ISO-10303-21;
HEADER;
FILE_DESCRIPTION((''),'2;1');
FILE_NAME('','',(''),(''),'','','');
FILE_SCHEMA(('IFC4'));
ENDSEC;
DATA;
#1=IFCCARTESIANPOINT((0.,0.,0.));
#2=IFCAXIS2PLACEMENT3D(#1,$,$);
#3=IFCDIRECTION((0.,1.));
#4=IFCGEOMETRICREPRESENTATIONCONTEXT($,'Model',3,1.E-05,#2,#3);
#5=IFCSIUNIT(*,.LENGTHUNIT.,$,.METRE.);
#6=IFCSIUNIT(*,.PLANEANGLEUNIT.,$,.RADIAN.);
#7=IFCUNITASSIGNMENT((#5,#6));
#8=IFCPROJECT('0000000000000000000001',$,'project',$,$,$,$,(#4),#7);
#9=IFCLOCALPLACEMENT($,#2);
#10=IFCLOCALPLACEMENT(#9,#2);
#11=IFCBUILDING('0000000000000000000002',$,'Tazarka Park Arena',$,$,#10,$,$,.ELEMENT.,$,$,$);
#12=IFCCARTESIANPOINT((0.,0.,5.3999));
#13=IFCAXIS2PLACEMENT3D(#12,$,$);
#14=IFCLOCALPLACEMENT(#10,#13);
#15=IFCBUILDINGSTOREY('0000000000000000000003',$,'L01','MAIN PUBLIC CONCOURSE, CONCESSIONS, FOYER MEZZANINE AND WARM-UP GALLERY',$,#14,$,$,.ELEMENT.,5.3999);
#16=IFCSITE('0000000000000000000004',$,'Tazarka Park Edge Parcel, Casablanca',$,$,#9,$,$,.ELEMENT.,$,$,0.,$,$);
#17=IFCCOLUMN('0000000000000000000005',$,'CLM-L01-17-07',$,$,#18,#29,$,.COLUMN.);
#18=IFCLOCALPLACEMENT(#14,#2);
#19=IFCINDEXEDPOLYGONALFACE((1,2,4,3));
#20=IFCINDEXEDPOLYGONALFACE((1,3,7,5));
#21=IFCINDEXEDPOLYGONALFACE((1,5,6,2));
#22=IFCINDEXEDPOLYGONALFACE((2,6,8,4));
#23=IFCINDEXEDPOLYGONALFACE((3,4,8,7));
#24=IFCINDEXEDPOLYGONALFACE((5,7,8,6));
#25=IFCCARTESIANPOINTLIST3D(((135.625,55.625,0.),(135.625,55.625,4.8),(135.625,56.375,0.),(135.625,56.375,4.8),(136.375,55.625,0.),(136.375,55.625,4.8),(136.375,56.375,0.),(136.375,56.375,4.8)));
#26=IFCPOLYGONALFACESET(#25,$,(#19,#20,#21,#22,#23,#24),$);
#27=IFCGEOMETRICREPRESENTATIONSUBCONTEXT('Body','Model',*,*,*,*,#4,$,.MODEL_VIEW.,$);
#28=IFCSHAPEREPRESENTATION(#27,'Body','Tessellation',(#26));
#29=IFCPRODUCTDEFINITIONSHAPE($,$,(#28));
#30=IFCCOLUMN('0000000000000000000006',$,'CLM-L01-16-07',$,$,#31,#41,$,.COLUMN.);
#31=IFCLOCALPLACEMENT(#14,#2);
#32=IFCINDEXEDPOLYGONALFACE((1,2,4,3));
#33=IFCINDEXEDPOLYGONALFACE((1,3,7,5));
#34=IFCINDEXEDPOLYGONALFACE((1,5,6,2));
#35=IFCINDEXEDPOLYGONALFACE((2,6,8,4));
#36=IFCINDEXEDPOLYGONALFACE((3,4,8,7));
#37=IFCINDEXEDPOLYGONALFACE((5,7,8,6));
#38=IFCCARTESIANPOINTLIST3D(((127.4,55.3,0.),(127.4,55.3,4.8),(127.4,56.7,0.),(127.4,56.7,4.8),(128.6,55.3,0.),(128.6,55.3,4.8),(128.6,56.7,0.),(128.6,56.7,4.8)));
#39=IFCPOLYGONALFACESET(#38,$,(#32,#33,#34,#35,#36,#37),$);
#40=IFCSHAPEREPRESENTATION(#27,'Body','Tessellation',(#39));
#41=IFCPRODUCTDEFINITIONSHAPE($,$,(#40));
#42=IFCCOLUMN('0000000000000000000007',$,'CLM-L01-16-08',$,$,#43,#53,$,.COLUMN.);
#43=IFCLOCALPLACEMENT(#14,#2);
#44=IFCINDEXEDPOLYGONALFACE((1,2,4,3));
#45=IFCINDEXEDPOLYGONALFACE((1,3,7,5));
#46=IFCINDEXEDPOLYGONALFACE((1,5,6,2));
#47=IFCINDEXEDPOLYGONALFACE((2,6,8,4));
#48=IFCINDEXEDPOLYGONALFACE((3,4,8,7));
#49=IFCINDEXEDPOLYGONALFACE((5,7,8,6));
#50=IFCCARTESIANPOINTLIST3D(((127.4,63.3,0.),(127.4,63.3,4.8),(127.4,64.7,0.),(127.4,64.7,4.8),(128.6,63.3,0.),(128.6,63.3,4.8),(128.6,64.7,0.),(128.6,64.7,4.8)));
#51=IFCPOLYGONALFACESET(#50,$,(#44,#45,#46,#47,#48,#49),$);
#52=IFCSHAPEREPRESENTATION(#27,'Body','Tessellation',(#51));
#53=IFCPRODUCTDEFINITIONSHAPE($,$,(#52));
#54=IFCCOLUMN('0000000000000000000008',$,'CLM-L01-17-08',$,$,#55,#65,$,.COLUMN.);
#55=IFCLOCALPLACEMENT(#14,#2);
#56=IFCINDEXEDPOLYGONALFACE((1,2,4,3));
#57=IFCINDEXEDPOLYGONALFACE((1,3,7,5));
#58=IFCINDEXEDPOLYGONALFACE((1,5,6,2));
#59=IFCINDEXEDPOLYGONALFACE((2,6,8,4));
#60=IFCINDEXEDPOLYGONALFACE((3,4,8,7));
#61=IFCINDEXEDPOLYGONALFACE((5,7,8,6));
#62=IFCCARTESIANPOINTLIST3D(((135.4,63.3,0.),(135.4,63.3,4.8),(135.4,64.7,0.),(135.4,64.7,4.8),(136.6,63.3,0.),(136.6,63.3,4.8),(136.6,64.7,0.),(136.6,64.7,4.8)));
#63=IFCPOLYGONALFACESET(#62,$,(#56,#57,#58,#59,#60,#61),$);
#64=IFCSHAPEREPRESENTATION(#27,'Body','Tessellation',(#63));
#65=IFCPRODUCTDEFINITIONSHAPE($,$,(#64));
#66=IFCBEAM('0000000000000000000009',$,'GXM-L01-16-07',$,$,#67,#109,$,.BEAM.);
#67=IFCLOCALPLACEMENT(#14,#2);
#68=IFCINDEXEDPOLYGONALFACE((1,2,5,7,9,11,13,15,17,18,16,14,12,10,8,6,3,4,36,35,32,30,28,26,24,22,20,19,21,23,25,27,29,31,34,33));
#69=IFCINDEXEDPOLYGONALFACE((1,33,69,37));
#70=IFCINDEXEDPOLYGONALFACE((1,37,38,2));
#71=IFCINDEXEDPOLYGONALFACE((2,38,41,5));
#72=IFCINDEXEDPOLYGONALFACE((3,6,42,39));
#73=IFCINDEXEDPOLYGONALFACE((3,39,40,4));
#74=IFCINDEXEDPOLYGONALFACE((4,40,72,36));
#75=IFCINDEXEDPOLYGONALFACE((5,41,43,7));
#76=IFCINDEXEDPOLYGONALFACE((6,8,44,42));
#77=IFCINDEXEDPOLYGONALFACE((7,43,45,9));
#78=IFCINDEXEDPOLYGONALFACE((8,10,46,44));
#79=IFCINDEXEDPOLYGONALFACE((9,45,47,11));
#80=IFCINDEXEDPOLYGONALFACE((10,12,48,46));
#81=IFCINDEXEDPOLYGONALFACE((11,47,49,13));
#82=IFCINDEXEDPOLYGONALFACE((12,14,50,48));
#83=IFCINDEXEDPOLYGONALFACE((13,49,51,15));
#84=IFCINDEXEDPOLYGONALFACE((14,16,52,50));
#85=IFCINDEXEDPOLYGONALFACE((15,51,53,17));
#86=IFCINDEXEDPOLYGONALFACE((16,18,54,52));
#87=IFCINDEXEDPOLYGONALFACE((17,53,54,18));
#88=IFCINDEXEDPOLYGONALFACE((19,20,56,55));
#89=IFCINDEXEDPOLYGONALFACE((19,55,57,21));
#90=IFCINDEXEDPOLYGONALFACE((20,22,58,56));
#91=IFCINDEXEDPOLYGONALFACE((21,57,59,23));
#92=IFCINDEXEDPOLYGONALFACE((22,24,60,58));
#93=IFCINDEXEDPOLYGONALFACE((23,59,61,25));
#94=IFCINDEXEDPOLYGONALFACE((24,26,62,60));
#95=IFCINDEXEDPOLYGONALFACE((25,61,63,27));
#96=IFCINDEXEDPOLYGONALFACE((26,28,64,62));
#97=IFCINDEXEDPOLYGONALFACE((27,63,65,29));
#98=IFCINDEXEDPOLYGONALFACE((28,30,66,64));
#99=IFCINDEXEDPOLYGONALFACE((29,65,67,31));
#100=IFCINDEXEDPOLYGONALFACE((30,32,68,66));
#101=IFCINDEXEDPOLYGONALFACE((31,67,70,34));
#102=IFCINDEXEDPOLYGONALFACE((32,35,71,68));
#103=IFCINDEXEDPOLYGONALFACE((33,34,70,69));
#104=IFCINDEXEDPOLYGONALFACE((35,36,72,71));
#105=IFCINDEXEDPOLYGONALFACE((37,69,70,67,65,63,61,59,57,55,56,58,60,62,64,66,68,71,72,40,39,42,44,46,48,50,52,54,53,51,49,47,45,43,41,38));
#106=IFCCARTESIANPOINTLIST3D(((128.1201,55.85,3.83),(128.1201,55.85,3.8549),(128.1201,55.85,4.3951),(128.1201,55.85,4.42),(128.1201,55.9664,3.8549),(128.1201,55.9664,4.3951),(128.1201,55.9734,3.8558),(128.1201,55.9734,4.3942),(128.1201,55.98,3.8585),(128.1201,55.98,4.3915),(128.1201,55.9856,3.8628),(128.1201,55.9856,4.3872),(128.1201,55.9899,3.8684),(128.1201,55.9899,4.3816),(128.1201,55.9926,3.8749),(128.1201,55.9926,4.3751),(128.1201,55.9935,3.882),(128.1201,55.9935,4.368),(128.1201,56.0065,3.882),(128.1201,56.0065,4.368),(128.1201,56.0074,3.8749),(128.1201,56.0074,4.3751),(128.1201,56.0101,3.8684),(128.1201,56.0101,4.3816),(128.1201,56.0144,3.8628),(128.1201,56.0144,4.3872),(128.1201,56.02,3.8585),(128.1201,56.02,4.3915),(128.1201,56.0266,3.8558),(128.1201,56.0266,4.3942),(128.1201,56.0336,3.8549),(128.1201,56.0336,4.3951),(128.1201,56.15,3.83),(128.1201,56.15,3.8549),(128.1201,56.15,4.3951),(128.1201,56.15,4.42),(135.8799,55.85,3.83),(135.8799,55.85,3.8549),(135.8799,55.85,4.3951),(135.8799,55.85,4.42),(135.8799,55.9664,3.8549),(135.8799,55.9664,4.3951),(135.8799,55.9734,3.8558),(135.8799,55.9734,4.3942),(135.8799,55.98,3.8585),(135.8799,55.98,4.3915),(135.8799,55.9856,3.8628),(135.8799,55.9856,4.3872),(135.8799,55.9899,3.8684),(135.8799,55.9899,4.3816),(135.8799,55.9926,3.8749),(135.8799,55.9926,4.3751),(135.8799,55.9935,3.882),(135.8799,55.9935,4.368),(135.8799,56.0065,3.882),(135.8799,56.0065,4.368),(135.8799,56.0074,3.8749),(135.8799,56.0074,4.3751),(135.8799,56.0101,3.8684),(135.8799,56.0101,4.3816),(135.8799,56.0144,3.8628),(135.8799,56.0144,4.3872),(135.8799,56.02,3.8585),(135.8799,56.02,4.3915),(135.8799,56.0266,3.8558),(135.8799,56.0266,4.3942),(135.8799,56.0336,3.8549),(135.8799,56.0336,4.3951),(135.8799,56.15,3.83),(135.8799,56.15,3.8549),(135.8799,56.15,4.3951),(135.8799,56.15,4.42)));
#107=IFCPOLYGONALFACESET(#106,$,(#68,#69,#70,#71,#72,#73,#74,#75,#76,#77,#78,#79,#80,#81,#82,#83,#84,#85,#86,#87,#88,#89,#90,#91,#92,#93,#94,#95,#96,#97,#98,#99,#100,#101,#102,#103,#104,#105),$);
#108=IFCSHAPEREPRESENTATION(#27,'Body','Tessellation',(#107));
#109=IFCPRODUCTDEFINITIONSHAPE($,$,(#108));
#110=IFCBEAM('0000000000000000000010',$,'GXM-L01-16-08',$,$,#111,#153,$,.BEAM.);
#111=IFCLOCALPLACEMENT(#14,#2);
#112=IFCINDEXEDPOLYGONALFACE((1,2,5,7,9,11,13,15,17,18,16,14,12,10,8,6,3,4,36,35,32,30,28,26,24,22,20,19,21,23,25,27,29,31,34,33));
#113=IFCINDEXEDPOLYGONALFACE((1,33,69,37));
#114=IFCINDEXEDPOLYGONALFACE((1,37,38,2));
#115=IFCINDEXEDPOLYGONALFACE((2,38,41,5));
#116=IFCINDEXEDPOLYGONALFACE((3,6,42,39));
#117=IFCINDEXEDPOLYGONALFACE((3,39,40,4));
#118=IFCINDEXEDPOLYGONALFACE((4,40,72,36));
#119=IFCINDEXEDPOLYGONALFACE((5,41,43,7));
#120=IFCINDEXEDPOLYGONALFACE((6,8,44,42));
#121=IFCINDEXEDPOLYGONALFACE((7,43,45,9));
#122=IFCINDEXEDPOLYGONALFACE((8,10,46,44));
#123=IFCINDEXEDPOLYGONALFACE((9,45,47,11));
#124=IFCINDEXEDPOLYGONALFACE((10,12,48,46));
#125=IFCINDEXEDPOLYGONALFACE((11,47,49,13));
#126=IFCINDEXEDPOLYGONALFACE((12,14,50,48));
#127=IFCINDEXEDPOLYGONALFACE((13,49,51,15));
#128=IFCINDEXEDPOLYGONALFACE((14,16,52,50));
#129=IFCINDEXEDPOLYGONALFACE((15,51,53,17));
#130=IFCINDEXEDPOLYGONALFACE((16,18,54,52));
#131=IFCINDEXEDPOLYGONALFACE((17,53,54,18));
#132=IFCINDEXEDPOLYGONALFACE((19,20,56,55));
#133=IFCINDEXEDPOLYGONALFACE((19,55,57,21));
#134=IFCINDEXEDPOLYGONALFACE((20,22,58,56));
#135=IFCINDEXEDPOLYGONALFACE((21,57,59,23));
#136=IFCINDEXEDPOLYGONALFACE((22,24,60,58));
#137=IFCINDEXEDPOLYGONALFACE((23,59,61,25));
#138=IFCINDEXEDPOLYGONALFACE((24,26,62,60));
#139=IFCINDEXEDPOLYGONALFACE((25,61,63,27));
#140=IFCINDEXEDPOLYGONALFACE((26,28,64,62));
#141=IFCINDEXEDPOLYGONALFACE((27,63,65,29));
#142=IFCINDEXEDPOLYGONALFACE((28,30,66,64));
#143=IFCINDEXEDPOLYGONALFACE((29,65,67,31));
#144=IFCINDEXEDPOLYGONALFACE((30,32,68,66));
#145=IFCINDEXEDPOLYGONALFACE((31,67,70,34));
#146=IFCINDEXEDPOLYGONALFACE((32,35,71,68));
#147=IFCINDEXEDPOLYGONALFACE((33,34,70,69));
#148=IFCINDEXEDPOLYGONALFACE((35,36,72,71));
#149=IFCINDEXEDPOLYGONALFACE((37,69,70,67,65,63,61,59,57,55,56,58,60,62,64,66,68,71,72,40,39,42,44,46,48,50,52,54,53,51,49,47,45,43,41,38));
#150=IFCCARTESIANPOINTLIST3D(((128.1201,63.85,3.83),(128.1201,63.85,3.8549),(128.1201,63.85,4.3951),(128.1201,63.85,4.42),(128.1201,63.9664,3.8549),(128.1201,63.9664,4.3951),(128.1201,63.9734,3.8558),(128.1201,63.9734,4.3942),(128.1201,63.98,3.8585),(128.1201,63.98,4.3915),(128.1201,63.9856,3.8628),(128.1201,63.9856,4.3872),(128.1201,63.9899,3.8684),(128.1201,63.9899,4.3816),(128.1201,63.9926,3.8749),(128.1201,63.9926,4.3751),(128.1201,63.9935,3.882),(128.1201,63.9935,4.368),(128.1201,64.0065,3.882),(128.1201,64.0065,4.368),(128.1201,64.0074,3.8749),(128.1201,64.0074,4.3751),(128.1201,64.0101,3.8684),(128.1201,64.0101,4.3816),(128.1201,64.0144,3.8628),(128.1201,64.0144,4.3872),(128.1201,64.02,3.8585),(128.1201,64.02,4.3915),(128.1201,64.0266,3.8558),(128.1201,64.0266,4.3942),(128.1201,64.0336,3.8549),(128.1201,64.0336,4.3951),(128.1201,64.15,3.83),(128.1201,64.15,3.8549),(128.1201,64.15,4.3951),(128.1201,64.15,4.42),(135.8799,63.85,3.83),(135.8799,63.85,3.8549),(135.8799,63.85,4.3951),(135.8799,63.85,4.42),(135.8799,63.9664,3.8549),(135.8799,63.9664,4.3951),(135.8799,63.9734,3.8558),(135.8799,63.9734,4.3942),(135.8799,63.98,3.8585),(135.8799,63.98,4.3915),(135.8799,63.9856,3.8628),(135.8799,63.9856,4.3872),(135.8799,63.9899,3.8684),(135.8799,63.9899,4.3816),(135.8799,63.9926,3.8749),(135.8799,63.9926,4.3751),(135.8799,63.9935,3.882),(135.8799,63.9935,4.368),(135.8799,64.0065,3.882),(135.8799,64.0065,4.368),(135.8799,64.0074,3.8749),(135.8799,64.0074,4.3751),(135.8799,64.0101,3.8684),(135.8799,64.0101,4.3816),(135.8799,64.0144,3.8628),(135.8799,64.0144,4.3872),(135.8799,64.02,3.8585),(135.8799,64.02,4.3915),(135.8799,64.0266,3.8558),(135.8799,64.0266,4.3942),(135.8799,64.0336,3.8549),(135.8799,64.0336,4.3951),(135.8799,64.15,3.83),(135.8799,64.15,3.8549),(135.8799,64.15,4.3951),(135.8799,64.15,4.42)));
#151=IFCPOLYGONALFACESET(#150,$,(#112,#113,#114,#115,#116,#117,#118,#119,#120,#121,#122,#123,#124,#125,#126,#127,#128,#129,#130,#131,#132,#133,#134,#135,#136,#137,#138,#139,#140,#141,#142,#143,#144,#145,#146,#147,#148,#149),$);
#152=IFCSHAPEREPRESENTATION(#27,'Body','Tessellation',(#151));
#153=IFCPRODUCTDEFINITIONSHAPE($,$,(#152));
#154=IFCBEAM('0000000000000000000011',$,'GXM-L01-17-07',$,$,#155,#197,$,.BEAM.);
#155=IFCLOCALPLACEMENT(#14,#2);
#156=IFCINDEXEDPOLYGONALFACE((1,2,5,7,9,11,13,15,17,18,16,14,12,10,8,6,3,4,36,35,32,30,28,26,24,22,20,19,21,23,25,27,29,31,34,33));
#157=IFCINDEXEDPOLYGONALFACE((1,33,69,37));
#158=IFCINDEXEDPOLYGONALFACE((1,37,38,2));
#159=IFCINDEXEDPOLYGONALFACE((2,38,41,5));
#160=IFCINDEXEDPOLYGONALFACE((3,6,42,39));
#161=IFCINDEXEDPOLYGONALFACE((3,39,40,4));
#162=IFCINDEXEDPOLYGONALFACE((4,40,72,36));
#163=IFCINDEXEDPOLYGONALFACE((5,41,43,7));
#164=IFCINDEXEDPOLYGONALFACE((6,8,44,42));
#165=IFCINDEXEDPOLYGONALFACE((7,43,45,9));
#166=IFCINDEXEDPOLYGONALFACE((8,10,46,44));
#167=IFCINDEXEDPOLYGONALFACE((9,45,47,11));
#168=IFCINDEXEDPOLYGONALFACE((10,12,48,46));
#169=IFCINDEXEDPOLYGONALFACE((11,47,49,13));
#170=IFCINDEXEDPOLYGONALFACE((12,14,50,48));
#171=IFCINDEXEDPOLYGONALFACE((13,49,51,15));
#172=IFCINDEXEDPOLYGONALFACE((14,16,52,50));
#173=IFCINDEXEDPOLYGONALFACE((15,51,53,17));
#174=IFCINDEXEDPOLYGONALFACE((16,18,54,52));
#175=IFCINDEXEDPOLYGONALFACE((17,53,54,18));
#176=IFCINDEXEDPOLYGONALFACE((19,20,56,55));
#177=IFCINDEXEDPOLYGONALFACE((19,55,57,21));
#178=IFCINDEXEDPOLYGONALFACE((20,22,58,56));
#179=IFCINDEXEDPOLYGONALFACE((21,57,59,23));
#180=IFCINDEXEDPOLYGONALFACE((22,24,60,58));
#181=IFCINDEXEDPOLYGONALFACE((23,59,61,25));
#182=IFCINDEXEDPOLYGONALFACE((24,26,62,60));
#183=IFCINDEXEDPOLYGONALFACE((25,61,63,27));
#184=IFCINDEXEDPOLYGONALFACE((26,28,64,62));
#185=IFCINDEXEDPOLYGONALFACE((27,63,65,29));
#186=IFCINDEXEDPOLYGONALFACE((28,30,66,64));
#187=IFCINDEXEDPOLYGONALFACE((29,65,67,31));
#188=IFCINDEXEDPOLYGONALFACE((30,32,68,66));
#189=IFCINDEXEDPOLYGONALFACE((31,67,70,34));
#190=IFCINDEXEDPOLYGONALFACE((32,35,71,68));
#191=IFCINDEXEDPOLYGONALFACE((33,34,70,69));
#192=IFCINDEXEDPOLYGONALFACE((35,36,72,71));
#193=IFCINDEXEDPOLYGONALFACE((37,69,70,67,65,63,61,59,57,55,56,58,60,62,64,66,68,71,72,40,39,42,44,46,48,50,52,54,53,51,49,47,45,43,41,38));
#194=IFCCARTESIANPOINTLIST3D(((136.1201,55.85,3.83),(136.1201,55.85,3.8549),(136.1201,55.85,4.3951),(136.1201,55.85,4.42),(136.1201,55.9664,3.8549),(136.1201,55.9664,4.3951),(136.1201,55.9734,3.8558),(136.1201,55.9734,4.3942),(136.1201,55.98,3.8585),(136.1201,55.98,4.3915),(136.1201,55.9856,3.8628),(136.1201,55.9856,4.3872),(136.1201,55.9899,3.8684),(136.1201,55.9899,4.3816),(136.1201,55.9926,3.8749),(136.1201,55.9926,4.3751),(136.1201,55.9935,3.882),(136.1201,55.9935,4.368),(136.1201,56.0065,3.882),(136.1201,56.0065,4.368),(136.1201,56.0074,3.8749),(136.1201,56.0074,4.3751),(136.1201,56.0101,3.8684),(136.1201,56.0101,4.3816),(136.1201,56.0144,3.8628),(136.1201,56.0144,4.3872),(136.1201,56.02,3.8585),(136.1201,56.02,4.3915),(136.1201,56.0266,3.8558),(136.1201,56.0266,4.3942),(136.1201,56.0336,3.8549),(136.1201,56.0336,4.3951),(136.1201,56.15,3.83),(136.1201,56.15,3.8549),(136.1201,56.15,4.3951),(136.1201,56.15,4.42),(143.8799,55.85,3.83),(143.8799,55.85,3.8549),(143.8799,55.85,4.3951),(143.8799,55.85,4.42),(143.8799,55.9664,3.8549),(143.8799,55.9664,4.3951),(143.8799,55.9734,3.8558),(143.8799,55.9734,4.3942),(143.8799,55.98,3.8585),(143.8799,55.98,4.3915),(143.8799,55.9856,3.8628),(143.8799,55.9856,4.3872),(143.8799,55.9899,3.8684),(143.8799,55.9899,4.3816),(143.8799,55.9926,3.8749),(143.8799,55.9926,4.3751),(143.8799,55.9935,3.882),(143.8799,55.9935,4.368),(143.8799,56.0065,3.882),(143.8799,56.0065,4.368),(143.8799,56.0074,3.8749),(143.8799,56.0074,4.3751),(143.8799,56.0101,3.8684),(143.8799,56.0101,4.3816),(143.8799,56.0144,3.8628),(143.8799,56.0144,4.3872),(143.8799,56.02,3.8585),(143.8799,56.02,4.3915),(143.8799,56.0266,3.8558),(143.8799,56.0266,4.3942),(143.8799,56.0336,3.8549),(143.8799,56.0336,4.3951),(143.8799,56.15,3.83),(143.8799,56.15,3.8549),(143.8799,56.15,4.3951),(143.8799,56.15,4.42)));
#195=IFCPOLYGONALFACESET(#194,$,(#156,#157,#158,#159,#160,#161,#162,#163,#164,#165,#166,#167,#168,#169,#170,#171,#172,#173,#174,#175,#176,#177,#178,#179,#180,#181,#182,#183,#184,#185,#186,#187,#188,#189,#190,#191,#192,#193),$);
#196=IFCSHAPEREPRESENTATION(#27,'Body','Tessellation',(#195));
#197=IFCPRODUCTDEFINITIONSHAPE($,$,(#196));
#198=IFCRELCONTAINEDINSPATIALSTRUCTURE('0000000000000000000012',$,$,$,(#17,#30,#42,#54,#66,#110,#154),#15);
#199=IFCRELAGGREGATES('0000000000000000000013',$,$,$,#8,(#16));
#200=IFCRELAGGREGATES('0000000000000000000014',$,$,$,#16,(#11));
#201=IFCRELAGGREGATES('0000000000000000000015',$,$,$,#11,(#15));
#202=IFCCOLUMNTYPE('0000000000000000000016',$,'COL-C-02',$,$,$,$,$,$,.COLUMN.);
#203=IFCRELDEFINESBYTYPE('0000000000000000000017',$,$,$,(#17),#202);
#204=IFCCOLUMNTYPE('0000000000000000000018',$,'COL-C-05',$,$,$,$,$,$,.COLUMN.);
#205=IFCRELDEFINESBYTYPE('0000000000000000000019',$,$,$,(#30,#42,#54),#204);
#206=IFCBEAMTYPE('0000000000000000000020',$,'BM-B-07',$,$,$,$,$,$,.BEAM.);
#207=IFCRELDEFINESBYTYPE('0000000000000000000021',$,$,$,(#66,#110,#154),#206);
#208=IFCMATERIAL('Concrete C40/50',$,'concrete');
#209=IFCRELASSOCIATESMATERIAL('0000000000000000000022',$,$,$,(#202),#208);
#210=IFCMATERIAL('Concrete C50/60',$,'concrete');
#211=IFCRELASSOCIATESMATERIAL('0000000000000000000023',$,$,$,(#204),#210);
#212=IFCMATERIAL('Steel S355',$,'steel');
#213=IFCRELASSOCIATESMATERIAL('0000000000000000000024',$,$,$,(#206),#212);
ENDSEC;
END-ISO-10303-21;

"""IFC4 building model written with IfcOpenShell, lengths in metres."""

from ifc_helpers import new_model, si_unit, direction, frame, origin, origin_2d, place, context, subcontext, project, spatial, rectangle, i_section, extrude, material, material_profile, profile_set, type_object, element, save


model = new_model("IFC4")

# Units and contexts
model_context = context("Model", 3, precision=1e-05, world=origin(), true_north=direction((0.0, 1.0)))
body_context = subcontext(model_context, "Body", "Model", "MODEL_VIEW")
ifc_project = project(units=[si_unit("LENGTHUNIT", "METRE"), si_unit("PLANEANGLEUNIT", "RADIAN")], contexts=[model_context])

# Site, building, storey
site_placement = place(None, origin())
site = spatial("IfcSite", under=ifc_project, at=site_placement, Name="Tazarka Park Edge Parcel, Casablanca", CompositionType="ELEMENT", RefElevation=0.0)
building_placement = place(site_placement, origin())
building = spatial("IfcBuilding", under=site, at=building_placement, Name="Tazarka Park Arena", CompositionType="ELEMENT")
storey_placement = place(building_placement, frame((0.0, 0.0, 5.3999)))
storey = spatial("IfcBuildingStorey", under=building, at=storey_placement, Name="L01", Description="MAIN PUBLIC CONCOURSE, CONCESSIONS, FOYER MEZZANINE AND WARM-UP GALLERY", CompositionType="ELEMENT", Elevation=5.3999)

# Columns
ifc_material_1 = material(Name="Concrete C40/50", Category="concrete")
ifc_material_profile_1 = material_profile(ifc_material_1, rectangle(XDim=0.75, YDim=0.75, at=origin_2d()), Name="Concrete C40/50")
ifc_profile_set_1 = profile_set([ifc_material_profile_1], Name="Concrete C40/50")
column_type_1 = type_object("IfcColumnType", Name="COL-C-02", PredefinedType="COLUMN", material=ifc_profile_set_1)
column_placement = place(storey_placement, frame((136.0, 56.0, 0.0), z_axis=(0.0, 0.0, 1.0), x_axis=(1.0, 0.0, 0.0)))
element("IfcColumn", 1, at=column_placement, inside=storey, type_object=column_type_1, Name="CLM-L01-17-07", PredefinedType="COLUMN", context=body_context, shape_type="SweptSolid", body=[
    extrude(rectangle(XDim=0.75, YDim=0.75, at=origin_2d()), origin(), (0.0, 0.0, 1.0), 4.8),
])
ifc_material_2 = material(Name="Concrete C50/60", Category="concrete")
ifc_material_profile_2 = material_profile(ifc_material_2, rectangle(XDim=1.2, YDim=1.3999, at=origin_2d()), Name="Concrete C50/60")
ifc_profile_set_2 = profile_set([ifc_material_profile_2], Name="Concrete C50/60")
column_type_2 = type_object("IfcColumnType", Name="COL-C-05", PredefinedType="COLUMN", material=ifc_profile_set_2)
for number, where, z_axis, x_axis, name in (
    (2, (128.0, 56.0, 0.0), (0.0, 0.0, 1.0), (1.0, 0.0, 0.0), "CLM-L01-16-07"),
    (3, (128.0, 64.0, 0.0), (0.0, 0.0, 1.0), (1.0, 0.0, 0.0), "CLM-L01-16-08"),
    (4, (136.0, 64.0, 0.0), (0.0, 0.0, 1.0), (1.0, 0.0, 0.0), "CLM-L01-17-08"),
):
    element("IfcColumn", number, at=place(storey_placement, frame(where, z_axis=z_axis, x_axis=x_axis)), inside=storey, type_object=column_type_2, Name=name, PredefinedType="COLUMN", context=body_context, shape_type="SweptSolid", body=[
        extrude(rectangle(XDim=1.2, YDim=1.3999, at=origin_2d()), origin(), (0.0, 0.0, 1.0), 4.8),
    ])

# Beams
ifc_material_3 = material(Name="Steel S355", Category="steel")
ifc_material_profile_3 = material_profile(ifc_material_3, i_section(OverallWidth=0.3, OverallDepth=0.5901, WebThickness=0.0129, FlangeThickness=0.0249, FilletRadius=0.0271, at=origin_2d()), Name="Steel S355")
ifc_profile_set_3 = profile_set([ifc_material_profile_3], Name="Steel S355")
beam_type_1 = type_object("IfcBeamType", Name="BM-B-07", PredefinedType="BEAM", material=ifc_profile_set_3)
for number, where, z_axis, x_axis, name in (
    (5, (128.1201, 56.0, 4.125), (1.0, 0.0, 0.0), (0.0, 1.0, 0.0), "GXM-L01-16-07"),
    (6, (128.1201, 64.0, 4.125), (1.0, 0.0, 0.0), (0.0, 1.0, 0.0), "GXM-L01-16-08"),
    (7, (136.1201, 56.0, 4.125), (1.0, 0.0, 0.0), (0.0, 1.0, 0.0), "GXM-L01-17-07"),
):
    element("IfcBeam", number, at=place(storey_placement, frame(where, z_axis=z_axis, x_axis=x_axis)), inside=storey, type_object=beam_type_1, Name=name, PredefinedType="BEAM", context=body_context, shape_type="SweptSolid", body=[
        extrude(i_section(OverallWidth=0.3, OverallDepth=0.5901, WebThickness=0.0129, FlangeThickness=0.0249, FilletRadius=0.0271, at=origin_2d()), origin(), (0.0, 0.0, 1.0), 7.7598),
    ])

save(model, "model.ifc")
